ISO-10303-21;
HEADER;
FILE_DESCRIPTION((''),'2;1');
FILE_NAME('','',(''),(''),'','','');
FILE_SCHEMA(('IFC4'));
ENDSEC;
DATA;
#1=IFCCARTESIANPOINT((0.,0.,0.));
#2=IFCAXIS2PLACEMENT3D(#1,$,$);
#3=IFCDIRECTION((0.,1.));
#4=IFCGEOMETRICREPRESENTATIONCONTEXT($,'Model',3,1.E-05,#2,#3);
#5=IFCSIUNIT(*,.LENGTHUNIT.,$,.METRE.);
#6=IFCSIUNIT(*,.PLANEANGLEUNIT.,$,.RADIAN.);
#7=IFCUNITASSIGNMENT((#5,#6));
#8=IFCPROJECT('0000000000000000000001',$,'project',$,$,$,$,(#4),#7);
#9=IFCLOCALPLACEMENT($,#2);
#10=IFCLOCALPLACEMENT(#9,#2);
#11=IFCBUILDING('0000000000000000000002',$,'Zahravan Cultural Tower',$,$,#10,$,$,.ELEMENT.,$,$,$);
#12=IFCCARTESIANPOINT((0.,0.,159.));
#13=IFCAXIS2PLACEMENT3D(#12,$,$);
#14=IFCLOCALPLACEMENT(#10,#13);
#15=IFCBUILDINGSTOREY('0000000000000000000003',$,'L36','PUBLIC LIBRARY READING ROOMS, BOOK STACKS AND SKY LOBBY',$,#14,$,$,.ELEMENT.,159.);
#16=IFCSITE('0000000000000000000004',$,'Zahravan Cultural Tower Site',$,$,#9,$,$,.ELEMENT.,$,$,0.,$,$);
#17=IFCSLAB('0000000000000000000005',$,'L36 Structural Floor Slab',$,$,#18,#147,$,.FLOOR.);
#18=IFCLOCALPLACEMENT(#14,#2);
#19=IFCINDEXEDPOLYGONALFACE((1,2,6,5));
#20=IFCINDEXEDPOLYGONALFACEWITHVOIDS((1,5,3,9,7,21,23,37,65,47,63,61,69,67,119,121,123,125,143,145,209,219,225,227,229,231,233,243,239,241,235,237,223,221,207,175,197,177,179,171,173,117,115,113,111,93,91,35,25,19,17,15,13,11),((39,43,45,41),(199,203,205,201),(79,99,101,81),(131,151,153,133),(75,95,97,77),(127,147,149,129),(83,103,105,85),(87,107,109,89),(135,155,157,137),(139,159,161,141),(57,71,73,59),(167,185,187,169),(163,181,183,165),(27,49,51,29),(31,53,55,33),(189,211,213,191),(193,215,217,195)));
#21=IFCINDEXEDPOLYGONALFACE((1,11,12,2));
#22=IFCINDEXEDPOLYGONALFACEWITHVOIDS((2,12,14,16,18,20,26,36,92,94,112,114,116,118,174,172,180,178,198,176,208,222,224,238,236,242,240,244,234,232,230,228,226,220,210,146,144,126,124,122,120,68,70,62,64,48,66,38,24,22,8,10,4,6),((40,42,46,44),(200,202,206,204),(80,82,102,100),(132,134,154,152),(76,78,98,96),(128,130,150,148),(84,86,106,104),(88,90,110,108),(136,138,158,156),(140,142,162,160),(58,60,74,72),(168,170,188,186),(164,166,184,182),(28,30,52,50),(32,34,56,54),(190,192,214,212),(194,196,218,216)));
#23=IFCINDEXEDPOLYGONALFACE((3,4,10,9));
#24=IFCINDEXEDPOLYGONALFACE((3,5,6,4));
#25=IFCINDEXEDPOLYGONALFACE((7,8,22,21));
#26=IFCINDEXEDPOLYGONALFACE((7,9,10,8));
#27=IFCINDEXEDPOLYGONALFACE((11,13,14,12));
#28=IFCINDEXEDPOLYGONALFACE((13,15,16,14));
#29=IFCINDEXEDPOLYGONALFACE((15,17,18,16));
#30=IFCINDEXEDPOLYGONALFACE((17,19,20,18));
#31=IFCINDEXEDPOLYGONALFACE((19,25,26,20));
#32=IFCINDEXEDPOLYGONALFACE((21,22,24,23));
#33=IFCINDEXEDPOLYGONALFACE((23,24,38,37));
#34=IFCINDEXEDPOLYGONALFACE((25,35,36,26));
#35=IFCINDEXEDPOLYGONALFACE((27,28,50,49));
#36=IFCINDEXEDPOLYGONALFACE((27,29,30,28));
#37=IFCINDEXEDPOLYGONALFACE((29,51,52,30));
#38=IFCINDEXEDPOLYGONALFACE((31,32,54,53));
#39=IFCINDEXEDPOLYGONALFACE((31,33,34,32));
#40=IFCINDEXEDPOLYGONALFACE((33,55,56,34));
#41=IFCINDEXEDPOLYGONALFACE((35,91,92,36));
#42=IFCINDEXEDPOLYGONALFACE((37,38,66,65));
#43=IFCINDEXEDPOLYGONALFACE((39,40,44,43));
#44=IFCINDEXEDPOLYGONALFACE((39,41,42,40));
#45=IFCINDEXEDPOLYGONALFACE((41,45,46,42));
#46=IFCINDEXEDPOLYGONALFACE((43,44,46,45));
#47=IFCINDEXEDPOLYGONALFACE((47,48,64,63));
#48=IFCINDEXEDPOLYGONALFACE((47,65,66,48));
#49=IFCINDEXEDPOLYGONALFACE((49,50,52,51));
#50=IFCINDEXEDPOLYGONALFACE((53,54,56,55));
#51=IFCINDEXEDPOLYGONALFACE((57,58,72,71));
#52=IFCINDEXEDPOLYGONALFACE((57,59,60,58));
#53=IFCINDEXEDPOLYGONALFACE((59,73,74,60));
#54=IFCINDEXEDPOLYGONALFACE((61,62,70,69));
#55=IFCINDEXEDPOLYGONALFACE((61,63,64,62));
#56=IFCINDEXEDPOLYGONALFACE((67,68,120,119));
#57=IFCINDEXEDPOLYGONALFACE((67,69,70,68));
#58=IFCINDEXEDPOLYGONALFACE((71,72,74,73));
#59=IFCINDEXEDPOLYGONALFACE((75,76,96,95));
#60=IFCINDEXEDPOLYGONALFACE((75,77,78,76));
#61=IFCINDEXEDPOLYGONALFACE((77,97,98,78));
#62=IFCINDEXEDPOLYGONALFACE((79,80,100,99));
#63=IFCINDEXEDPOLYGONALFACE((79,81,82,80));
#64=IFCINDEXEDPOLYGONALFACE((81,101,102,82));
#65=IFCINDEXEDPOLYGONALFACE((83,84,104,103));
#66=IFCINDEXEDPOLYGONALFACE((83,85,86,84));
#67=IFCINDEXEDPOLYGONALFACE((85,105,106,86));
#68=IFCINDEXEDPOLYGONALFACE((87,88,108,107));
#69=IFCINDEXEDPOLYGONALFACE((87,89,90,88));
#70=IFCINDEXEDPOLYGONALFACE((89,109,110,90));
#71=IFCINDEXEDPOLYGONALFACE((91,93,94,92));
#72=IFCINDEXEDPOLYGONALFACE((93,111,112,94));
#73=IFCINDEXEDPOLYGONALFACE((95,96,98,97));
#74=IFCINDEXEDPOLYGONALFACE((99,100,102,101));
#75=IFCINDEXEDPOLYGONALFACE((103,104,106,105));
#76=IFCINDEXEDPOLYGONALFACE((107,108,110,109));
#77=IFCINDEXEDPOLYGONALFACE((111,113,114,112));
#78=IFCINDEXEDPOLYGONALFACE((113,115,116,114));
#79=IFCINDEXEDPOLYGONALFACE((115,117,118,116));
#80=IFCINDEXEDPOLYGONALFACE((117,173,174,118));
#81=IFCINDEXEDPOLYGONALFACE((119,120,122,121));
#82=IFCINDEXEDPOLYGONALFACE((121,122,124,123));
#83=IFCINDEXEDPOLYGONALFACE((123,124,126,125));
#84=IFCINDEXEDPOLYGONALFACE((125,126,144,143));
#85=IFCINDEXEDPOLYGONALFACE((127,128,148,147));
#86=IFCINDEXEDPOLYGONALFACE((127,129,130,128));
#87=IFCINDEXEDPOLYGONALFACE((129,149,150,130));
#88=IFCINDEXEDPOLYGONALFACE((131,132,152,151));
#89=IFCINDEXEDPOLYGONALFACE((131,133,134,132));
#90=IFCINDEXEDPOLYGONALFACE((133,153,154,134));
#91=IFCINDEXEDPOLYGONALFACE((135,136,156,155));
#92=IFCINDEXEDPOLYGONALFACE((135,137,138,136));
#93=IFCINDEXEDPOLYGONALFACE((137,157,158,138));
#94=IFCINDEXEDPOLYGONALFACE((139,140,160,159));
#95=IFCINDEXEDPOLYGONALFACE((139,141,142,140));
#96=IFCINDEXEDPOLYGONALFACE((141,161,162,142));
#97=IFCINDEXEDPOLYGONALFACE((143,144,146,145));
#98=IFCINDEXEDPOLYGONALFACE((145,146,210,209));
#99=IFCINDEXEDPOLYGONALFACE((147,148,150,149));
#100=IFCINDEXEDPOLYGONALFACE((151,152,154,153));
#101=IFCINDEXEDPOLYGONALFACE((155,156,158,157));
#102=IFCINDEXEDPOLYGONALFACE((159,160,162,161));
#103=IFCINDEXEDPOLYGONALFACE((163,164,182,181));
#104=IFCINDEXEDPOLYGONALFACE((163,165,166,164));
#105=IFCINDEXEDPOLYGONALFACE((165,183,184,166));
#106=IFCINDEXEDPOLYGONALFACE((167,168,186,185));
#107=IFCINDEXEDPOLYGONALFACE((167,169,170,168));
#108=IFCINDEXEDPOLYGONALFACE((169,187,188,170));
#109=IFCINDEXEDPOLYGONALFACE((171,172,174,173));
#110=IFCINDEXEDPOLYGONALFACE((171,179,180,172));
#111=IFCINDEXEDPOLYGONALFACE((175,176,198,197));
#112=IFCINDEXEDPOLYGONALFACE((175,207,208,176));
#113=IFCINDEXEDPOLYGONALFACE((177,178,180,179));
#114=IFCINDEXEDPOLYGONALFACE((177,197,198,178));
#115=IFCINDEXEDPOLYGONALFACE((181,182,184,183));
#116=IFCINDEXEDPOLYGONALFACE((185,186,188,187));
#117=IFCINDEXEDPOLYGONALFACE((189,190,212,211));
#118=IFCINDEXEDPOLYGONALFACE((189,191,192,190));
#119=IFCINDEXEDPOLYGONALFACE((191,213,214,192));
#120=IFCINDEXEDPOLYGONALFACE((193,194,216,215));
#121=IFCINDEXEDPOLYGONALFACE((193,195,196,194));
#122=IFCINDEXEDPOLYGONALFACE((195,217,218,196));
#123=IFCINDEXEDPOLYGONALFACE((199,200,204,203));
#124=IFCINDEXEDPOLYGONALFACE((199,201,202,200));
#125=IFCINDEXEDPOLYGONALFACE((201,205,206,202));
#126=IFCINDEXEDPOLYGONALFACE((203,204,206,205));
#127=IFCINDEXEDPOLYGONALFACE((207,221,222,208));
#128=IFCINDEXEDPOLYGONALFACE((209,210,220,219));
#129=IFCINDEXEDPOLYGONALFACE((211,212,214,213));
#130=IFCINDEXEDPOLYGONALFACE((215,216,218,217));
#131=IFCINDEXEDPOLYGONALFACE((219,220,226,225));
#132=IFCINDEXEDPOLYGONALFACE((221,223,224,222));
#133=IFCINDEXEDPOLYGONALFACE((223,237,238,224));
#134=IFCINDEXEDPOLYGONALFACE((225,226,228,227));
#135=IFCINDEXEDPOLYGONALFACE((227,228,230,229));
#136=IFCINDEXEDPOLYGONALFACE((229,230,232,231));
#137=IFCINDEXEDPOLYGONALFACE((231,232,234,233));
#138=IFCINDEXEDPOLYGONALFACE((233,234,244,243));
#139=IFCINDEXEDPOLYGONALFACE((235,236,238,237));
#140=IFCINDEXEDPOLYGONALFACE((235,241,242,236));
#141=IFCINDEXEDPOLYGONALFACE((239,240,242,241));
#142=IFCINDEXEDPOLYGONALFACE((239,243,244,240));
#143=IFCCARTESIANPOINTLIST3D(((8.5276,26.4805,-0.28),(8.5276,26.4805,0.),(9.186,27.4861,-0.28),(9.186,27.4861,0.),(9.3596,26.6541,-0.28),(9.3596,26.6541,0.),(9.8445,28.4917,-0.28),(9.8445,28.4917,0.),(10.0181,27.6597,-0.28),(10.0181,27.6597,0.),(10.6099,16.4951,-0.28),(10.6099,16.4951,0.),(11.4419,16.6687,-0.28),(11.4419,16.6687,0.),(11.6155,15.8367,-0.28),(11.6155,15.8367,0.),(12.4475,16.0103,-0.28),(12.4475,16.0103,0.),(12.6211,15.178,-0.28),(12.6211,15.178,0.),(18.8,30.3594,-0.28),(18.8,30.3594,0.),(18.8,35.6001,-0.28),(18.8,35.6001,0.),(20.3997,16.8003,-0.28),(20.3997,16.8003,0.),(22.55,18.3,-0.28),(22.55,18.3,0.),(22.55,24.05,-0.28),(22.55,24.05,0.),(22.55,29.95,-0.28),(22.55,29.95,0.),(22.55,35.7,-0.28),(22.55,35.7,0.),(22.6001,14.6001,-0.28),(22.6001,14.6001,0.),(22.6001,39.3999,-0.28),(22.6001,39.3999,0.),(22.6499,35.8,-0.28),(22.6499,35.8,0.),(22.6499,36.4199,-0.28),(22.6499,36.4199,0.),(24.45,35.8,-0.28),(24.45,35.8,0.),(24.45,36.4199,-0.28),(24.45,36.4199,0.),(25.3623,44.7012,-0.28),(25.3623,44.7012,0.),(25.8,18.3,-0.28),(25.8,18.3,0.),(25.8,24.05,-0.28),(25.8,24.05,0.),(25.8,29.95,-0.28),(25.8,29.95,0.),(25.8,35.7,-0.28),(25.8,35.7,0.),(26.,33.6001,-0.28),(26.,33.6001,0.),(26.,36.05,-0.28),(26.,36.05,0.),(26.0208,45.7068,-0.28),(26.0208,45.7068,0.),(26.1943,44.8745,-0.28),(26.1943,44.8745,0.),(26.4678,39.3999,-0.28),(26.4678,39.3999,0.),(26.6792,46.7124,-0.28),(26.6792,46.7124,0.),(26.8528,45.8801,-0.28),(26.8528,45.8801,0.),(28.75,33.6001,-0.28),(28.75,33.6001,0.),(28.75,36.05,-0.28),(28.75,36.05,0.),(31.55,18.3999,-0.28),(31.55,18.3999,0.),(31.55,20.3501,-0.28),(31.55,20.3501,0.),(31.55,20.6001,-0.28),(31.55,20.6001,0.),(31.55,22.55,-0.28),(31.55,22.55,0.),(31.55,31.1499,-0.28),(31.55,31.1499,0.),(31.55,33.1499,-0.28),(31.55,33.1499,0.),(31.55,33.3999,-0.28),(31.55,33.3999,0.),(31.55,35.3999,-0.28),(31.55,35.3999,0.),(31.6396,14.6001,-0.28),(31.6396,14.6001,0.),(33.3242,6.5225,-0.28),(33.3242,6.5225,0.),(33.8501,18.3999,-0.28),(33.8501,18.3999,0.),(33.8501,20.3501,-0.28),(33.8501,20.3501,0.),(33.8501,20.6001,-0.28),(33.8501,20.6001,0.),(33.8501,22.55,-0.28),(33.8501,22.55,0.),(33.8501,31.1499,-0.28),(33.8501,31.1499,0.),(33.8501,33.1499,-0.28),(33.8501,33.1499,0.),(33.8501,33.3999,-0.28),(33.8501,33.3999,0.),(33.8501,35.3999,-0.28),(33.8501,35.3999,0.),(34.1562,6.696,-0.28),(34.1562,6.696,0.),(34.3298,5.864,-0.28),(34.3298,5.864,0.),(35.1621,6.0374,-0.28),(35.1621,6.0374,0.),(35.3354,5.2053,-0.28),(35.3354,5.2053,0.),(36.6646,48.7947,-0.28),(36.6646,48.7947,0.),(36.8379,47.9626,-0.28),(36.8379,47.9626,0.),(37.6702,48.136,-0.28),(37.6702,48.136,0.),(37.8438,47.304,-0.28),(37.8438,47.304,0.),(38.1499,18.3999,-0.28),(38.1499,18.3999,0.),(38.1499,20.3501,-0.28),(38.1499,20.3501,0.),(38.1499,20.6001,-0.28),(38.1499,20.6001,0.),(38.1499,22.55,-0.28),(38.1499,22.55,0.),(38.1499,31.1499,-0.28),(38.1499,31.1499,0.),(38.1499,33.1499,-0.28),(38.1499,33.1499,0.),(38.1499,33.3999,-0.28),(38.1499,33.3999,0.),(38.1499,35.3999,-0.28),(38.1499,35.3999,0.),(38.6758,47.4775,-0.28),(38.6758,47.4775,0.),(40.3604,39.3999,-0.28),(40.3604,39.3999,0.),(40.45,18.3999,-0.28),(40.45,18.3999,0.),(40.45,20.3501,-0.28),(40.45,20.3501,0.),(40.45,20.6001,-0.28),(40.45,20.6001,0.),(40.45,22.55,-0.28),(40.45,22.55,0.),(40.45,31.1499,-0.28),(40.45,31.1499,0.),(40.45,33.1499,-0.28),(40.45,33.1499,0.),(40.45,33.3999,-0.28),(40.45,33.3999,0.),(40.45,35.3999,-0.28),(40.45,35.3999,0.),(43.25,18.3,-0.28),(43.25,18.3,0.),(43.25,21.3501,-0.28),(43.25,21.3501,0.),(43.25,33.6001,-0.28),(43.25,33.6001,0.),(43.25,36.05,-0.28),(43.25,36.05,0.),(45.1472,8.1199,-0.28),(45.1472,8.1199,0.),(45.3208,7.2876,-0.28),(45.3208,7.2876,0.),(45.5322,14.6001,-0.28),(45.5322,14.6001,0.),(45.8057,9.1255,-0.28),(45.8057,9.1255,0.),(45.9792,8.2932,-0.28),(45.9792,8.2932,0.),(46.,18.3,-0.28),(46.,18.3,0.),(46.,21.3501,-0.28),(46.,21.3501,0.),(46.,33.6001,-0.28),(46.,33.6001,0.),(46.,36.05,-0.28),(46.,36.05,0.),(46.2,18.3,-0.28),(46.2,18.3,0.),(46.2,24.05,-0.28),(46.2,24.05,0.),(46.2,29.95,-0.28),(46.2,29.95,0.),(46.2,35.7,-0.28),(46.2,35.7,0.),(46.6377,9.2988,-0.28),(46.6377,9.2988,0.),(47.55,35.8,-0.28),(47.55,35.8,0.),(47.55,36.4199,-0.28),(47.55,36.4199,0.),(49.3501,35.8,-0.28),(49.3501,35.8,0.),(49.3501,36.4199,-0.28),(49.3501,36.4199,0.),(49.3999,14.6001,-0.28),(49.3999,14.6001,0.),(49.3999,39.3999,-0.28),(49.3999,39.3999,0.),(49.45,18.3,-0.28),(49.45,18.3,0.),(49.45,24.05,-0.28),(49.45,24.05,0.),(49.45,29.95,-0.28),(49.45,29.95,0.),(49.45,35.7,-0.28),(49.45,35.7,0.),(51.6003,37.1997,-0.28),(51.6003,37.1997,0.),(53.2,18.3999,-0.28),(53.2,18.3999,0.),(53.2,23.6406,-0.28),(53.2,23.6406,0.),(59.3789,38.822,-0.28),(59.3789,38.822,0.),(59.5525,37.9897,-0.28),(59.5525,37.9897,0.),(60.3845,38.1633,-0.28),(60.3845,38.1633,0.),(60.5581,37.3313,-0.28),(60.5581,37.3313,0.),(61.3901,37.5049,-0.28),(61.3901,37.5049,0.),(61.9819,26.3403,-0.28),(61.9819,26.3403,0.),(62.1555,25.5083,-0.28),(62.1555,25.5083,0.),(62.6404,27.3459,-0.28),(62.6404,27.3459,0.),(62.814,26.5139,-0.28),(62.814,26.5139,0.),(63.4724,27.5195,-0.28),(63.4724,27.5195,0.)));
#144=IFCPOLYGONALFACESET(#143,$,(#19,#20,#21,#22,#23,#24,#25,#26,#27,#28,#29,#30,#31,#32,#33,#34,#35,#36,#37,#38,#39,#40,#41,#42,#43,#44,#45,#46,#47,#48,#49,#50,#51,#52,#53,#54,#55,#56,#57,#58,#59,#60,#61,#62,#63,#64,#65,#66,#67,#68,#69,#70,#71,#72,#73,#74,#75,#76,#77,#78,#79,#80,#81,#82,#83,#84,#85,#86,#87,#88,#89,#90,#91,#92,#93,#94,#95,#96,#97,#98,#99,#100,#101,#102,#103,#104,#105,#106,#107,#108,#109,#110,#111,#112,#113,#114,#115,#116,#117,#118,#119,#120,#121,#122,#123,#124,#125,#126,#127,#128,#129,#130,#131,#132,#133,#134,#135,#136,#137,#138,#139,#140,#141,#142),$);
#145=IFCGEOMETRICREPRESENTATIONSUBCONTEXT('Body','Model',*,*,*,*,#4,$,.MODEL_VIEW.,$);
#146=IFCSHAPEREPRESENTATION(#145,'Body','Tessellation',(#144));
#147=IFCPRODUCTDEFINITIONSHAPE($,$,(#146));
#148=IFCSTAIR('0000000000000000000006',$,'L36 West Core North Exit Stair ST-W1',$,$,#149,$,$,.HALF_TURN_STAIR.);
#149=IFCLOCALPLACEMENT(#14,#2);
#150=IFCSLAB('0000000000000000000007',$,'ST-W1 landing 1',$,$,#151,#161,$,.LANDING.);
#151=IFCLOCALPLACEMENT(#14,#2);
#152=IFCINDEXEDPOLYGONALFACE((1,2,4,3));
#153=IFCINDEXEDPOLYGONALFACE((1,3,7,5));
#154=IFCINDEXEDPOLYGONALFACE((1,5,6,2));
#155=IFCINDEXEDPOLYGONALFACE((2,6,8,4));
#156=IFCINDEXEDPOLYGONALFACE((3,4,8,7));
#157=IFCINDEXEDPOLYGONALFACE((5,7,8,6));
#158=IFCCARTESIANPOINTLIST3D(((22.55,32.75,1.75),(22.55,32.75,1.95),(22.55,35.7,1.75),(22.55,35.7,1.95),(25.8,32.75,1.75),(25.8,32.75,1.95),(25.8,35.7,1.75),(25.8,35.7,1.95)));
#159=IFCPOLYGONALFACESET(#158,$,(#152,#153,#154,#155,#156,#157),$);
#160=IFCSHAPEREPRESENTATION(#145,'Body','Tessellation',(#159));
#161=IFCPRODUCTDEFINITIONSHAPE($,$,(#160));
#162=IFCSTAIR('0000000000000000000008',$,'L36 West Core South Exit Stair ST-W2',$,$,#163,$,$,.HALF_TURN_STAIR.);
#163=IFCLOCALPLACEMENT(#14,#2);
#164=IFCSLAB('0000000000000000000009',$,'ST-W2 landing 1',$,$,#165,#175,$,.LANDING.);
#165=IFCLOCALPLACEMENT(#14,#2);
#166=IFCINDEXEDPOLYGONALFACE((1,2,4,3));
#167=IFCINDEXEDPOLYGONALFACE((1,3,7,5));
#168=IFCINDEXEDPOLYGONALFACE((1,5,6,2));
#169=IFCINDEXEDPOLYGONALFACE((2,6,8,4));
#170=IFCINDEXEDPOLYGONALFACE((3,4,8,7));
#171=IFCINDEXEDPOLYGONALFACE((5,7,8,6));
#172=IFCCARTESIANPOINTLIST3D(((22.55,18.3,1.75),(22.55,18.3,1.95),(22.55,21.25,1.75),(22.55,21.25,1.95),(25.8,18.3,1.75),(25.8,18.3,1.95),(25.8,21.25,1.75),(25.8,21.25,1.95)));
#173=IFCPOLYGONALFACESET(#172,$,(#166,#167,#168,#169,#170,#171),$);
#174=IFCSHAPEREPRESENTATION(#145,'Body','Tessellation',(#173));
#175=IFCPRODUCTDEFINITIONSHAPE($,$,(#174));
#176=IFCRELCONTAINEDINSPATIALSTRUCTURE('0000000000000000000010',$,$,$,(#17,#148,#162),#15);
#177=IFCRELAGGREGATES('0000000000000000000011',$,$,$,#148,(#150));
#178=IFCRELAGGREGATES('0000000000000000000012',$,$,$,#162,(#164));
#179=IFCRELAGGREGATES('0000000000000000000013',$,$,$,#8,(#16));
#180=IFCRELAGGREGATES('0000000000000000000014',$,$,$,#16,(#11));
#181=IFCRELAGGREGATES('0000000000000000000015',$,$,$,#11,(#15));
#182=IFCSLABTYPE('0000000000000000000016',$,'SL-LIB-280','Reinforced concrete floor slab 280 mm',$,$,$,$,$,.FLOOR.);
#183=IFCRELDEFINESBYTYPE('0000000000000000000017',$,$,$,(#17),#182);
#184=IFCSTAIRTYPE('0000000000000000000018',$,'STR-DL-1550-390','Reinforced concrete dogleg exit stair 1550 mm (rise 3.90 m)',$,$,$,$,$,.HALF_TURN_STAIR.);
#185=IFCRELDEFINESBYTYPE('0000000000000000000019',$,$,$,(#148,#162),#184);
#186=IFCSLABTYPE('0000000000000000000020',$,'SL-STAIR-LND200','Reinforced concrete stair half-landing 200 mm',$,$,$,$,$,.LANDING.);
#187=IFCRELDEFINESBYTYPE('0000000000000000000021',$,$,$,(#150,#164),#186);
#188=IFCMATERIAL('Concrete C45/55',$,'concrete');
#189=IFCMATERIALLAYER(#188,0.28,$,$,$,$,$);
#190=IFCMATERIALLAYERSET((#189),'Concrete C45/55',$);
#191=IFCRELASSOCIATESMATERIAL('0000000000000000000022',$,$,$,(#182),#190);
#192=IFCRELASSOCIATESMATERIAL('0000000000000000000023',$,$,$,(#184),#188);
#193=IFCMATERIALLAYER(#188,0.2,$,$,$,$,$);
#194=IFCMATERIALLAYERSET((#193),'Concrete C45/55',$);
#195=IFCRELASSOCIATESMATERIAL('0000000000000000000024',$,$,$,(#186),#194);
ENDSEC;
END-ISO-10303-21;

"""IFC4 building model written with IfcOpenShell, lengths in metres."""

from ifc_helpers import new_model, si_unit, direction, frame, origin, place, context, subcontext, project, spatial, polyline, outline, extrude, material, layer, layer_set, type_object, element, aggregate, save


model = new_model("IFC4")

# Units and contexts
model_context = context("Model", 3, precision=1e-05, world=origin(), true_north=direction((0.0, 1.0)))
body_context = subcontext(model_context, "Body", "Model", "MODEL_VIEW")
ifc_project = project(units=[si_unit("LENGTHUNIT", "METRE"), si_unit("PLANEANGLEUNIT", "RADIAN")], contexts=[model_context])

# Site, building, storey
site_placement = place(None, origin())
site = spatial("IfcSite", under=ifc_project, at=site_placement, Name="Zahravan Cultural Tower Site", CompositionType="ELEMENT", RefElevation=0.0)
building_placement = place(site_placement, origin())
building = spatial("IfcBuilding", under=site, at=building_placement, Name="Zahravan Cultural Tower", CompositionType="ELEMENT")
storey_placement = place(building_placement, frame((0.0, 0.0, 159.0)))
storey = spatial("IfcBuildingStorey", under=building, at=storey_placement, Name="L36", Description="PUBLIC LIBRARY READING ROOMS, BOOK STACKS AND SKY LOBBY", CompositionType="ELEMENT", Elevation=159.0)

# Slab
ifc_material_1 = material(Name="Concrete C45/55", Category="concrete")
ifc_layer_1 = layer(ifc_material_1, 0.28)
ifc_layer_set_1 = layer_set([ifc_layer_1], Name="Concrete C45/55")
slab_type_1 = type_object("IfcSlabType", Name="SL-LIB-280", Description="Reinforced concrete floor slab 280 mm", PredefinedType="FLOOR", material=ifc_layer_set_1)
slab_1_placement = place(storey_placement, frame((0.0, 0.0, -0.28)))
element("IfcSlab", 1, at=slab_1_placement, inside=storey, type_object=slab_type_1, Name="L36 Structural Floor Slab", PredefinedType="FLOOR", context=body_context, shape_type="SweptSolid", body=[
    extrude(outline(polyline([(51.6003, 37.1997), (49.3999, 39.3999), (40.3604, 39.3999), (38.6758, 47.4775), (37.8438, 47.304), (37.6702, 48.136), (36.8379, 47.9626), (36.6646, 48.7947), (26.6792, 46.7124), (26.8528, 45.8801), (26.0208, 45.7068), (26.1943, 44.8745), (25.3623, 44.7012), (26.4678, 39.3999), (22.6001, 39.3999), (18.8, 35.6001), (18.8, 30.3594), (9.8445, 28.4917), (10.0181, 27.6597), (9.186, 27.4861), (9.3596, 26.6541), (8.5276, 26.4805), (10.6099, 16.4951), (11.4419, 16.6687), (11.6155, 15.8367), (12.4475, 16.0103), (12.6211, 15.178), (20.3997, 16.8003), (22.6001, 14.6001), (31.6396, 14.6001), (33.3242, 6.5225), (34.1562, 6.696), (34.3298, 5.864), (35.1621, 6.0374), (35.3354, 5.2053), (45.3208, 7.2876), (45.1472, 8.1199), (45.9792, 8.2932), (45.8057, 9.1255), (46.6377, 9.2988), (45.5322, 14.6001), (49.3999, 14.6001), (53.2, 18.3999), (53.2, 23.6406), (62.1555, 25.5083), (61.9819, 26.3403), (62.814, 26.5139), (62.6404, 27.3459), (63.4724, 27.5195), (61.3901, 37.5049), (60.5581, 37.3313), (60.3845, 38.1633), (59.5525, 37.9897), (59.3789, 38.822), (51.6003, 37.1997)]), holes=[polyline([(22.55, 29.95), (22.55, 35.7), (25.8, 35.7), (25.8, 29.95), (22.55, 29.95)]), polyline([(22.55, 18.3), (22.55, 24.05), (25.8, 24.05), (25.8, 18.3), (22.55, 18.3)]), polyline([(46.2, 29.95), (46.2, 35.7), (49.45, 35.7), (49.45, 29.95), (46.2, 29.95)]), polyline([(46.2, 18.3), (46.2, 24.05), (49.45, 24.05), (49.45, 18.3), (46.2, 18.3)]), polyline([(26.0, 33.6001), (26.0, 36.05), (28.75, 36.05), (28.75, 33.6001), (26.0, 33.6001)]), polyline([(43.25, 33.6001), (43.25, 36.05), (46.0, 36.05), (46.0, 33.6001), (43.25, 33.6001)]), polyline([(43.25, 18.3), (43.25, 21.3501), (46.0, 21.3501), (46.0, 18.3), (43.25, 18.3)]), polyline([(31.55, 33.3999), (31.55, 35.3999), (33.8501, 35.3999), (33.8501, 33.3999), (31.55, 33.3999)]), polyline([(31.55, 31.1499), (31.55, 33.1499), (33.8501, 33.1499), (33.8501, 31.1499), (31.55, 31.1499)]), polyline([(38.1499, 33.3999), (38.1499, 35.3999), (40.45, 35.3999), (40.45, 33.3999), (38.1499, 33.3999)]), polyline([(38.1499, 31.1499), (38.1499, 33.1499), (40.45, 33.1499), (40.45, 31.1499), (38.1499, 31.1499)]), polyline([(31.55, 20.6001), (31.55, 22.55), (33.8501, 22.55), (33.8501, 20.6001), (31.55, 20.6001)]), polyline([(31.55, 18.3999), (31.55, 20.3501), (33.8501, 20.3501), (33.8501, 18.3999), (31.55, 18.3999)]), polyline([(38.1499, 20.6001), (38.1499, 22.55), (40.45, 22.55), (40.45, 20.6001), (38.1499, 20.6001)]), polyline([(38.1499, 18.3999), (38.1499, 20.3501), (40.45, 20.3501), (40.45, 18.3999), (38.1499, 18.3999)]), polyline([(22.6499, 35.8), (22.6499, 36.4199), (24.45, 36.4199), (24.45, 35.8), (22.6499, 35.8)]), polyline([(47.55, 35.8), (47.55, 36.4199), (49.3501, 36.4199), (49.3501, 35.8), (47.55, 35.8)])]), origin(), (0.0, 0.0, 1.0), 0.28),
])

# Stairs, slabs
stair_type = type_object("IfcStairType", Name="STR-DL-1550-390", Description="Reinforced concrete dogleg exit stair 1550 mm (rise 3.90 m)", PredefinedType="HALF_TURN_STAIR", material=ifc_material_1)
stair_1_placement = place(storey_placement, origin())
stair_1 = element("IfcStair", 2, at=stair_1_placement, inside=storey, type_object=stair_type, Name="L36 West Core North Exit Stair ST-W1", PredefinedType="HALF_TURN_STAIR")
ifc_layer_2 = layer(ifc_material_1, 0.2)
ifc_layer_set_2 = layer_set([ifc_layer_2], Name="Concrete C45/55")
slab_type_2 = type_object("IfcSlabType", Name="SL-STAIR-LND200", Description="Reinforced concrete stair half-landing 200 mm", PredefinedType="LANDING", material=ifc_layer_set_2)
slab_2_placement = place(storey_placement, frame((0.0, 0.0, 1.75)))
slab_2 = element("IfcSlab", 3, at=slab_2_placement, type_object=slab_type_2, Name="ST-W1 landing 1", PredefinedType="LANDING", context=body_context, shape_type="SweptSolid", body=[
    extrude(outline(polyline([(25.8, 32.75), (25.8, 35.7), (22.55, 35.7), (22.55, 32.75), (25.8, 32.75)])), origin(), (0.0, 0.0, 1.0), 0.2),
])
aggregate(stair_1, [slab_2])
stair_2_placement = place(storey_placement, origin())
stair_2 = element("IfcStair", 4, at=stair_2_placement, inside=storey, type_object=stair_type, Name="L36 West Core South Exit Stair ST-W2", PredefinedType="HALF_TURN_STAIR")
slab_3_placement = place(storey_placement, frame((0.0, 0.0, 1.75)))
slab_3 = element("IfcSlab", 5, at=slab_3_placement, type_object=slab_type_2, Name="ST-W2 landing 1", PredefinedType="LANDING", context=body_context, shape_type="SweptSolid", body=[
    extrude(outline(polyline([(22.55, 21.25), (22.55, 18.3), (25.8, 18.3), (25.8, 21.25), (22.55, 21.25)])), origin(), (0.0, 0.0, 1.0), 0.2),
])
aggregate(stair_2, [slab_3])

save(model, "model.ifc")
